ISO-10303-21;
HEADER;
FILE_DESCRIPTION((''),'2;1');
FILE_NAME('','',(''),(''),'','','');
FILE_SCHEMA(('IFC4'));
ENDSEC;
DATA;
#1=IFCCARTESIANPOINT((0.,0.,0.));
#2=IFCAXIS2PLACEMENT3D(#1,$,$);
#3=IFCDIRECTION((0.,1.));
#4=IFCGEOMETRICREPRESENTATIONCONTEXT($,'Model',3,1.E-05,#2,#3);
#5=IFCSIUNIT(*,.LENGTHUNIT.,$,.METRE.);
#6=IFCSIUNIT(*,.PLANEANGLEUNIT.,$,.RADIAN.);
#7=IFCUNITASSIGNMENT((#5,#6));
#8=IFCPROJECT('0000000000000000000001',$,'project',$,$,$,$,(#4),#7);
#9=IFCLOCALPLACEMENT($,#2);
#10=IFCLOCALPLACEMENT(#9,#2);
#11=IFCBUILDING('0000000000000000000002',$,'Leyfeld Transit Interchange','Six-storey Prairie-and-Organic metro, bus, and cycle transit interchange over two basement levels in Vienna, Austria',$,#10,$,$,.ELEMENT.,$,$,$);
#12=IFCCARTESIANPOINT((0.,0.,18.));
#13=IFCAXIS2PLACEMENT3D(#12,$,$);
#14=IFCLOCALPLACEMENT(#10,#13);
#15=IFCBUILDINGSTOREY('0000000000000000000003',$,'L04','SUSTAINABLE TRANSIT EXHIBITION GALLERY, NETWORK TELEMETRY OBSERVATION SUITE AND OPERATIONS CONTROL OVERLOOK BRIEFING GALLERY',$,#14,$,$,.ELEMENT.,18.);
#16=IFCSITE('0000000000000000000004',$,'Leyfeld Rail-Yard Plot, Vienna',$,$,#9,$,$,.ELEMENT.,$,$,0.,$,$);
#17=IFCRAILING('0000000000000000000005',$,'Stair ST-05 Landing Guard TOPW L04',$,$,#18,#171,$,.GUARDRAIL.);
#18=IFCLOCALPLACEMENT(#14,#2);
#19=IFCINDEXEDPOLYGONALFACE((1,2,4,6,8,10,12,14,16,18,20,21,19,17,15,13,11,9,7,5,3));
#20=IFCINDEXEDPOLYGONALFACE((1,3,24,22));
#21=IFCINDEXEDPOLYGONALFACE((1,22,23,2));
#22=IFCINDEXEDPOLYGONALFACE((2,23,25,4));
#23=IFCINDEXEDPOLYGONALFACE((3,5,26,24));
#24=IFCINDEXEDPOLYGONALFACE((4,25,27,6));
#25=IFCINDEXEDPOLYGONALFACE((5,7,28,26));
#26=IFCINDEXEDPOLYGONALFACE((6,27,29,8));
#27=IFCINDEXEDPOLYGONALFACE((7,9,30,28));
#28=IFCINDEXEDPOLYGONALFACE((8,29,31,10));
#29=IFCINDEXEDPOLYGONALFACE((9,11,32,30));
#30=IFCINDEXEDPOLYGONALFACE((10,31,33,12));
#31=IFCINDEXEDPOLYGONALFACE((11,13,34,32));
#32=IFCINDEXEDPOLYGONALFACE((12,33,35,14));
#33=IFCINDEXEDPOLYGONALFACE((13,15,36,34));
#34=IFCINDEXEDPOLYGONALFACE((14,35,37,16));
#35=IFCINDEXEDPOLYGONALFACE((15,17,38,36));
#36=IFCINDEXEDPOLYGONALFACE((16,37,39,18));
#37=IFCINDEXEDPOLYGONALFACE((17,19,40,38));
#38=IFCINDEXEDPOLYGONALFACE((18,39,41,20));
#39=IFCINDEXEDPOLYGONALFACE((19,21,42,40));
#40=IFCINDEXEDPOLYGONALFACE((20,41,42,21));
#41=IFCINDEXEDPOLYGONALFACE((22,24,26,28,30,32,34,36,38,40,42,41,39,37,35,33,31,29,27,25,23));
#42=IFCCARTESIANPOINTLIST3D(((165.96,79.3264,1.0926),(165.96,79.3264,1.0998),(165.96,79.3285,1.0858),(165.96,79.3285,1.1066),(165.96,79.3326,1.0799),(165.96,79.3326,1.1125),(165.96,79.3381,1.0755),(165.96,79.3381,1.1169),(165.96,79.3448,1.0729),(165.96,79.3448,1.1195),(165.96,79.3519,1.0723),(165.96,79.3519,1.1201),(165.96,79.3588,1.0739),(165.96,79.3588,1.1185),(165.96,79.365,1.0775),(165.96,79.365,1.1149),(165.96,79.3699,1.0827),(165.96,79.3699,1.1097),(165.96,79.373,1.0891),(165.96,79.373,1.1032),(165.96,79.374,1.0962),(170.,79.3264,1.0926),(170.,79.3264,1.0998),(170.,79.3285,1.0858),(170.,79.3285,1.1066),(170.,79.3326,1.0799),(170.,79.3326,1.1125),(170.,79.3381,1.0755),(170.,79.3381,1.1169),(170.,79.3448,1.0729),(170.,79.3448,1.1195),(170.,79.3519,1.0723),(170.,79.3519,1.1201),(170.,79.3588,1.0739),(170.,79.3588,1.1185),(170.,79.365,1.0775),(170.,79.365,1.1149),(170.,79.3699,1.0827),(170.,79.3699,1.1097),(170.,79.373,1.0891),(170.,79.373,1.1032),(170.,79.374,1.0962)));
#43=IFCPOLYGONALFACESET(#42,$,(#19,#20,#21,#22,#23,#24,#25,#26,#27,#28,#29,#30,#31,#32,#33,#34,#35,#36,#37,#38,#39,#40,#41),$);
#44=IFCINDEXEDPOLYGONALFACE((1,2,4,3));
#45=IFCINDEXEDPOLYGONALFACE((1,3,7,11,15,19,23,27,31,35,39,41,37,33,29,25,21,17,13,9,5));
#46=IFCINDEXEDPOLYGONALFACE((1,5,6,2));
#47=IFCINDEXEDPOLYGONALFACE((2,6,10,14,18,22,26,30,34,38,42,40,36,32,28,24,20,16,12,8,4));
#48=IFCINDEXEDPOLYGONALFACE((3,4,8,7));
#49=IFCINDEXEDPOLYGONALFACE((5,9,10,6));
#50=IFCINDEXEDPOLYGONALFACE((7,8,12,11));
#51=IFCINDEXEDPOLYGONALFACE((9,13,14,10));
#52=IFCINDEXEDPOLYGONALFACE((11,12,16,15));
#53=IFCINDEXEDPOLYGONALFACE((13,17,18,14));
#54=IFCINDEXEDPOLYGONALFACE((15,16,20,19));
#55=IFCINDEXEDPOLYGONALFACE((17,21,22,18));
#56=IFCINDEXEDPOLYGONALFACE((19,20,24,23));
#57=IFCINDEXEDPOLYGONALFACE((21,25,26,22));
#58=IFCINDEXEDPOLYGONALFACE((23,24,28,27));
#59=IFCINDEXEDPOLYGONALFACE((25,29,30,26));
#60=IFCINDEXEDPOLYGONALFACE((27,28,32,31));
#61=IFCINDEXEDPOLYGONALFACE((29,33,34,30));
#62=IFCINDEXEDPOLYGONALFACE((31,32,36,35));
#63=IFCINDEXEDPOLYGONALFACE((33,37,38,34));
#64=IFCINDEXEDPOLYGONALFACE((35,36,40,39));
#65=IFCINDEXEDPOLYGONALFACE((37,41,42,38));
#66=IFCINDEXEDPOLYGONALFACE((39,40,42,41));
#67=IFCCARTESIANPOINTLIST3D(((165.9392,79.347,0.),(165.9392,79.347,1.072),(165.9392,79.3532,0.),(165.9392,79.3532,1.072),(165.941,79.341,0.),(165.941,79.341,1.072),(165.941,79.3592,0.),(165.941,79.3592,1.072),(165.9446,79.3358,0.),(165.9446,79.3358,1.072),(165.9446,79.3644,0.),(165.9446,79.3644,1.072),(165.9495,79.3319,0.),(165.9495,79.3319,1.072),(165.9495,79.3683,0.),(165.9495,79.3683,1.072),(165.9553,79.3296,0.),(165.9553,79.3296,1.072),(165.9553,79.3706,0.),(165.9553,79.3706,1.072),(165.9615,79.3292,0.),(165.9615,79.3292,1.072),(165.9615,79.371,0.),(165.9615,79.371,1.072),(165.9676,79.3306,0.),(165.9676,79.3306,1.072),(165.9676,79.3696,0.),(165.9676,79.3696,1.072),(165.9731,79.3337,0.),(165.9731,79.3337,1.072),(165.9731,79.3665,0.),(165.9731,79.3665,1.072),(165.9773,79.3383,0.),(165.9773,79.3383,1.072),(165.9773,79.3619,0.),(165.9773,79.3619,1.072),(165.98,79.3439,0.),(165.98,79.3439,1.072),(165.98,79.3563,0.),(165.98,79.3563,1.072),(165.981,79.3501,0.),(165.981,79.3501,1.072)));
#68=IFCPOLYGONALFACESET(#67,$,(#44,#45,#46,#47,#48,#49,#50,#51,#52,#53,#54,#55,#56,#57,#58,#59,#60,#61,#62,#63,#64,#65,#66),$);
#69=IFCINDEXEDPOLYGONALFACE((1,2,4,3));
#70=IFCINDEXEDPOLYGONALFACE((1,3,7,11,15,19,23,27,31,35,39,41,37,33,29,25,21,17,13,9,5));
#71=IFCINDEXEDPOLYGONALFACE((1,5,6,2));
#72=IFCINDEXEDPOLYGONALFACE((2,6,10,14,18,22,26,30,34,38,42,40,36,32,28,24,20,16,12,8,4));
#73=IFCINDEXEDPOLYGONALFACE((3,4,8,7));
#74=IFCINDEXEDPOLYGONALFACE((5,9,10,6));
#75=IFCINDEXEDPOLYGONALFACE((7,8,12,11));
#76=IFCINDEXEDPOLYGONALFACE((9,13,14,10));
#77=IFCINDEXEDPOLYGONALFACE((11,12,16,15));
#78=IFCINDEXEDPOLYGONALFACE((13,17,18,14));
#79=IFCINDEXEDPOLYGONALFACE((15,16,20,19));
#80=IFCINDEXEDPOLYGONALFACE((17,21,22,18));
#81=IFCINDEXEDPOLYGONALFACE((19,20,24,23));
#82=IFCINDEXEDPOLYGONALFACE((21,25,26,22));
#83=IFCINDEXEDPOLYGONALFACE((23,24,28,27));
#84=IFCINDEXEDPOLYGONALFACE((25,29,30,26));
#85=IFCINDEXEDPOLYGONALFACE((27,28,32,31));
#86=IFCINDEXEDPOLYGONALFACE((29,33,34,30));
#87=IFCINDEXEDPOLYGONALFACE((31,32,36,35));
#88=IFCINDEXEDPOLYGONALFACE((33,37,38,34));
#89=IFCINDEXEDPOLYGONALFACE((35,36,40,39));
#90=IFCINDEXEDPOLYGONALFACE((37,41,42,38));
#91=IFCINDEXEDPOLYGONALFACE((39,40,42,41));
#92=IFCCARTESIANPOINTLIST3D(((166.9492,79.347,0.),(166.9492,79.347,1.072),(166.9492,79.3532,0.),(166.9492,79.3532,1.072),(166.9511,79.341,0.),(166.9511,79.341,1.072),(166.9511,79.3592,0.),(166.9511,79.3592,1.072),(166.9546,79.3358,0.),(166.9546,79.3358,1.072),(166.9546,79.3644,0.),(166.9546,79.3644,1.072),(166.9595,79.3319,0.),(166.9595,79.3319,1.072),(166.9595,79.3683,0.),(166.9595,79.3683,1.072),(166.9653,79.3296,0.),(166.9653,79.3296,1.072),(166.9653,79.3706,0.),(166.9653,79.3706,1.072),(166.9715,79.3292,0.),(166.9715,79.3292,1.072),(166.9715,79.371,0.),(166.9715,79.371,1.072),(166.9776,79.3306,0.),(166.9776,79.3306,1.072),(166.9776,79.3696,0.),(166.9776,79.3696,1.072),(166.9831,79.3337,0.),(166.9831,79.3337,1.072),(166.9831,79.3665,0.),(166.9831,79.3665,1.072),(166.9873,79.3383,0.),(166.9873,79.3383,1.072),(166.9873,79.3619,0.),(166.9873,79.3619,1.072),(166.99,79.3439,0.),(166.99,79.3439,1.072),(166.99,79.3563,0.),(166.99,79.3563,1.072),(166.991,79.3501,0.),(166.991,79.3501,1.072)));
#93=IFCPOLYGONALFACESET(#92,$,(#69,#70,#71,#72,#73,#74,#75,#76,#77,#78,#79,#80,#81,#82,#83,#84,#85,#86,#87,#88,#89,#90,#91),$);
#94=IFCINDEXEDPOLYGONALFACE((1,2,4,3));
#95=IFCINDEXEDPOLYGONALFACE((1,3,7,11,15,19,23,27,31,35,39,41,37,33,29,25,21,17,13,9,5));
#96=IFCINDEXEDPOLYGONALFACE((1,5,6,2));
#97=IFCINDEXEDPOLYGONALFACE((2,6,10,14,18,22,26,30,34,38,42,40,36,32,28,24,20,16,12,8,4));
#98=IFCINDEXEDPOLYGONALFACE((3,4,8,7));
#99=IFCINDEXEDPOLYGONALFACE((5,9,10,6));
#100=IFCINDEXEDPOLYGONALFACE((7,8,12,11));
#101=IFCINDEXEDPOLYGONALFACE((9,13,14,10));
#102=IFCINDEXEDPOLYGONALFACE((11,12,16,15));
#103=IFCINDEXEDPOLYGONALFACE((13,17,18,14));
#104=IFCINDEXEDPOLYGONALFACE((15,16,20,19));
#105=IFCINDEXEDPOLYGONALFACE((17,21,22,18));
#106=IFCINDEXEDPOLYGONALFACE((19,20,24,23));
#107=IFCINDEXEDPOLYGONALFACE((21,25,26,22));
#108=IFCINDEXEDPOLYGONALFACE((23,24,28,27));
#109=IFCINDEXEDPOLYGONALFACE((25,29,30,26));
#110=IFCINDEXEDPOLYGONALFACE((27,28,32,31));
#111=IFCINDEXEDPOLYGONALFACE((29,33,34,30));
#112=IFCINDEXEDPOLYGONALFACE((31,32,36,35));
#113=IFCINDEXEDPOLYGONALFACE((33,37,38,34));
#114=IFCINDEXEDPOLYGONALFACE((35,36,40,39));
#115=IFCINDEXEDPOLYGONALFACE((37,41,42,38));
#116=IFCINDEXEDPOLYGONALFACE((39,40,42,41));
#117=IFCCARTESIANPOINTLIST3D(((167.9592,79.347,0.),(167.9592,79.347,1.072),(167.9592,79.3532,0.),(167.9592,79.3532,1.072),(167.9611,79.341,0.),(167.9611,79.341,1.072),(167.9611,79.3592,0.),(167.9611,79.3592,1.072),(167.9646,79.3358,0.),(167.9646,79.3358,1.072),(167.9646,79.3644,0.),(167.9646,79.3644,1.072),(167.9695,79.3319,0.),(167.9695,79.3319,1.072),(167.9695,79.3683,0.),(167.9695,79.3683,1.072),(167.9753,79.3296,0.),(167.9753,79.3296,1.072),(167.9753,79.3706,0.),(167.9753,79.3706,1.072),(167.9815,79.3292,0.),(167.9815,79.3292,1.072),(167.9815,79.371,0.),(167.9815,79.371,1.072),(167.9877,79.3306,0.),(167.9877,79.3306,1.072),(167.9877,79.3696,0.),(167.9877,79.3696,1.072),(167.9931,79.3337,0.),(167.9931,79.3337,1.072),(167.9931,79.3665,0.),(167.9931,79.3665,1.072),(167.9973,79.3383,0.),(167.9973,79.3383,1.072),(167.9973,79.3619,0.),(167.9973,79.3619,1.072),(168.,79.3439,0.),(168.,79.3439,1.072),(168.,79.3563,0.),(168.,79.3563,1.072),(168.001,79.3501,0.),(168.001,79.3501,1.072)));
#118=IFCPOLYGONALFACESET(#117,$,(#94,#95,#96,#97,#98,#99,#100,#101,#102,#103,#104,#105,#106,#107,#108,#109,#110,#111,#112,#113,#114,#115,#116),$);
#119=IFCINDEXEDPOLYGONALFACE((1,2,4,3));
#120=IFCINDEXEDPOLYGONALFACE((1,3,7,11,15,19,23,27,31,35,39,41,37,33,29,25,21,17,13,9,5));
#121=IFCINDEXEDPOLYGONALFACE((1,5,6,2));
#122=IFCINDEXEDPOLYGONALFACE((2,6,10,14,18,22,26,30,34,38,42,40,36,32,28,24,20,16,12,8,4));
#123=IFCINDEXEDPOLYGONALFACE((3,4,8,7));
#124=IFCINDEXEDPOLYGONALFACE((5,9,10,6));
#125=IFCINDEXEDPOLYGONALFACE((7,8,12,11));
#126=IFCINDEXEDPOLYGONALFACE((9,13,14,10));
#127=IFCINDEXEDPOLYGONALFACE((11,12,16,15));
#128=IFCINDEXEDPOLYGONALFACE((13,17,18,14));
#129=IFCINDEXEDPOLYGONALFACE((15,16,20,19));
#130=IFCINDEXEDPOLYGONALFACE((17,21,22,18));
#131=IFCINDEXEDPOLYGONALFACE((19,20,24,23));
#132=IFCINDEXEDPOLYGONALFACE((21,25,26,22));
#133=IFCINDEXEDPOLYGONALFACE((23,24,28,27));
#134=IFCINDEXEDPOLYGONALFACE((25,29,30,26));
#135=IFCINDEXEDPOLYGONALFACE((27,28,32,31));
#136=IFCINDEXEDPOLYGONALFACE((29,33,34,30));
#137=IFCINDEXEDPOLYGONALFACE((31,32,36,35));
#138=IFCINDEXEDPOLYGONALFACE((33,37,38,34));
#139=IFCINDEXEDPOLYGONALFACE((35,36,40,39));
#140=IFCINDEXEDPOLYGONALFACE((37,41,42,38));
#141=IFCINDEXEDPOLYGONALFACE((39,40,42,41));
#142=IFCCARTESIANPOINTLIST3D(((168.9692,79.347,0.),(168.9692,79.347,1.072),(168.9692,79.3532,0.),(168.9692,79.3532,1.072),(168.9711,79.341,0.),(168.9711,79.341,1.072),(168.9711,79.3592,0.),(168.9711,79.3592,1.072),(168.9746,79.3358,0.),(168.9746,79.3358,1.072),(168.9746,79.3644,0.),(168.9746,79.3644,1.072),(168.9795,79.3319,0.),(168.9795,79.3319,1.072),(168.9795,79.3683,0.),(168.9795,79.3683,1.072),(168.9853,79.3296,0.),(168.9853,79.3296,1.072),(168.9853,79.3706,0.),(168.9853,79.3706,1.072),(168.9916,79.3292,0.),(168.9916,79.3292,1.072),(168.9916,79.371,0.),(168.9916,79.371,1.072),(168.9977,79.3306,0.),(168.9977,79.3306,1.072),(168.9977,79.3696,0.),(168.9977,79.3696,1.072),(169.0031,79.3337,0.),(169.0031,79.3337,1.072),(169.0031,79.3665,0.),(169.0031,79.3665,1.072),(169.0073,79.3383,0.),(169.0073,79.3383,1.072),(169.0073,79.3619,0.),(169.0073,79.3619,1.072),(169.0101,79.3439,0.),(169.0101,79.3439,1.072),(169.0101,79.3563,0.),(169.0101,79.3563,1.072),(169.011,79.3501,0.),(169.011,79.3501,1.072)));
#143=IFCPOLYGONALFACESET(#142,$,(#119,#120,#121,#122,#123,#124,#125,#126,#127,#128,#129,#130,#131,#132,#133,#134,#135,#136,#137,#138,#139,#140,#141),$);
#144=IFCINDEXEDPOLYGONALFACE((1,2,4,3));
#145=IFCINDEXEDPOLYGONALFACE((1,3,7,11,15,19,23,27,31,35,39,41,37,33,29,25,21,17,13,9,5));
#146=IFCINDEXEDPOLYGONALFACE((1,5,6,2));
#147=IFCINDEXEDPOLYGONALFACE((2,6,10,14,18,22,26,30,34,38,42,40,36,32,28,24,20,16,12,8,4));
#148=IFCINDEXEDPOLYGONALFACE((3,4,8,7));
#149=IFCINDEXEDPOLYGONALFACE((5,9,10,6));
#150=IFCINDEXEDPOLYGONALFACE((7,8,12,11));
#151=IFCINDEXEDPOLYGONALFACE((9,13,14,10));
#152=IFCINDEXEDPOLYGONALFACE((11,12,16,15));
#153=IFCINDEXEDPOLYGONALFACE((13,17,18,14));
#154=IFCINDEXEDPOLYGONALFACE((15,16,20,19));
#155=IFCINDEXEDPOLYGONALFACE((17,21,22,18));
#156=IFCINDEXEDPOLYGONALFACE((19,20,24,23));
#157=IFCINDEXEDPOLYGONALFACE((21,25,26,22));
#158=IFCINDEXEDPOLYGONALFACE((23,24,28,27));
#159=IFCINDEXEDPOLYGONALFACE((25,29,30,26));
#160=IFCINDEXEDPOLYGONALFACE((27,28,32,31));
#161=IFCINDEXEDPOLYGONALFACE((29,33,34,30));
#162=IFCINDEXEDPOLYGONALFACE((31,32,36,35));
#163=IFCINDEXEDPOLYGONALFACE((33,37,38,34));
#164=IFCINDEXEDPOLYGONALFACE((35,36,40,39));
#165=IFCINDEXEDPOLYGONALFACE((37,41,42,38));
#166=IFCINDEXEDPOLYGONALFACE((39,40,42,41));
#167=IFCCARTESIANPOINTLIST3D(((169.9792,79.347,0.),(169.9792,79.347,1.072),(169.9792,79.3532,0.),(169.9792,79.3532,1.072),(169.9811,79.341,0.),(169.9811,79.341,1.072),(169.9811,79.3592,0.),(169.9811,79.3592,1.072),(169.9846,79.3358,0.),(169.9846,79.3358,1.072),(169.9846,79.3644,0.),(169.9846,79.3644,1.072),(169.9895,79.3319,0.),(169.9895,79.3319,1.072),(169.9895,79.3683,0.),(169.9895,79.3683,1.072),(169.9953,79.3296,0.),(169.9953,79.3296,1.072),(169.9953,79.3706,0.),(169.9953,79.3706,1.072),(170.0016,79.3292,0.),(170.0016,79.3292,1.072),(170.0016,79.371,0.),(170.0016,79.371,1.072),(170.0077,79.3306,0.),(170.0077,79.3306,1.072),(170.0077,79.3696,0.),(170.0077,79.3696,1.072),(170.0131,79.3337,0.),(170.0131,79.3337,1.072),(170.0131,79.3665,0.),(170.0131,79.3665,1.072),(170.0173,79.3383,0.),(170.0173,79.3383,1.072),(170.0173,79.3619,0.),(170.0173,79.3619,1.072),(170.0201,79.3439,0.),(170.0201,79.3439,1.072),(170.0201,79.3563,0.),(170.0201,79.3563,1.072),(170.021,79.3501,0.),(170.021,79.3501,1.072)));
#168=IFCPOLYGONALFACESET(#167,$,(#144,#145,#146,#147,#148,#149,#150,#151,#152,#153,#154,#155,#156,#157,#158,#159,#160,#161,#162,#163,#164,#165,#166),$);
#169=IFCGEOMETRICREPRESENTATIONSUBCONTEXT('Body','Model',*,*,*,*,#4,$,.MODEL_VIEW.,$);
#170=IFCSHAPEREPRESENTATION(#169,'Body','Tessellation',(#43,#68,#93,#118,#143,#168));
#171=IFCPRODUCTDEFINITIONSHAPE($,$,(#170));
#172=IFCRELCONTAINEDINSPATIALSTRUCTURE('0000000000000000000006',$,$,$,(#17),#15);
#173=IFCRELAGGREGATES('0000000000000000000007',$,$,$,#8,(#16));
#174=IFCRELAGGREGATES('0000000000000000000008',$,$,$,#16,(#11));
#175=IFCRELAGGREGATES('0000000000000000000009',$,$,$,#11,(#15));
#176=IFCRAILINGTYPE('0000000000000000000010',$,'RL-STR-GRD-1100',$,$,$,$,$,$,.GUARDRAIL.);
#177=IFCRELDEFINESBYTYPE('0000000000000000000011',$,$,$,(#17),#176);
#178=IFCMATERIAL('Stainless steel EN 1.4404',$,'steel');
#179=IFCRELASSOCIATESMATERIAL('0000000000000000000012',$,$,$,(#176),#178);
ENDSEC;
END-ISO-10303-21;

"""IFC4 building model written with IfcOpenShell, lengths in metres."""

from ifc_helpers import new_model, si_unit, direction, frame, origin, origin_2d, place, context, subcontext, project, spatial, circle, extrude, material, type_object, element, save


model = new_model("IFC4")

# Units and contexts
model_context = context("Model", 3, precision=1e-05, world=origin(), true_north=direction((0.0, 1.0)))
body_context = subcontext(model_context, "Body", "Model", "MODEL_VIEW")
ifc_project = project(units=[si_unit("LENGTHUNIT", "METRE"), si_unit("PLANEANGLEUNIT", "RADIAN")], contexts=[model_context])

# Site, building, storey
site_placement = place(None, origin())
site = spatial("IfcSite", under=ifc_project, at=site_placement, Name="Leyfeld Rail-Yard Plot, Vienna", CompositionType="ELEMENT", RefElevation=0.0)
building_placement = place(site_placement, origin())
building = spatial("IfcBuilding", under=site, at=building_placement, Name="Leyfeld Transit Interchange", Description="Six-storey Prairie-and-Organic metro, bus, and cycle transit interchange over two basement levels in Vienna, Austria", CompositionType="ELEMENT")
storey_placement = place(building_placement, frame((0.0, 0.0, 18.0)))
storey = spatial("IfcBuildingStorey", under=building, at=storey_placement, Name="L04", Description="SUSTAINABLE TRANSIT EXHIBITION GALLERY, NETWORK TELEMETRY OBSERVATION SUITE AND OPERATIONS CONTROL OVERLOOK BRIEFING GALLERY", CompositionType="ELEMENT", Elevation=18.0)

# Railing
ifc_material_1 = material(Name="Stainless steel EN 1.4404", Category="steel")
railing_type_1 = type_object("IfcRailingType", Name="RL-STR-GRD-1100", PredefinedType="GUARDRAIL", material=ifc_material_1)
railing_1_placement = place(storey_placement, frame((165.96, 79.3501, 0.0)))
element("IfcRailing", 1, at=railing_1_placement, inside=storey, type_object=railing_type_1, Name="Stair ST-05 Landing Guard TOPW L04", PredefinedType="GUARDRAIL", context=body_context, shape_type="SweptSolid", body=[
    extrude(circle(Radius=0.0239, at=origin_2d()), frame((0.0, 0.0, 1.0962), z_axis=(1.0, 0.0, 0.0), x_axis=(0.0, 1.0, 0.0)), (0.0, 0.0, 1.0), 4.04),
    extrude(circle(Radius=0.021, at=origin_2d()), origin(), (0.0, 0.0, 1.0), 1.072),
    extrude(circle(Radius=0.021, at=origin_2d()), frame((1.01, 0.0, 0.0)), (0.0, 0.0, 1.0), 1.072),
    extrude(circle(Radius=0.021, at=origin_2d()), frame((2.02, 0.0, 0.0)), (0.0, 0.0, 1.0), 1.072),
    extrude(circle(Radius=0.021, at=origin_2d()), frame((3.03, 0.0, 0.0)), (0.0, 0.0, 1.0), 1.072),
    extrude(circle(Radius=0.021, at=origin_2d()), frame((4.04, 0.0, 0.0)), (0.0, 0.0, 1.0), 1.072),
])

save(model, "model.ifc")
